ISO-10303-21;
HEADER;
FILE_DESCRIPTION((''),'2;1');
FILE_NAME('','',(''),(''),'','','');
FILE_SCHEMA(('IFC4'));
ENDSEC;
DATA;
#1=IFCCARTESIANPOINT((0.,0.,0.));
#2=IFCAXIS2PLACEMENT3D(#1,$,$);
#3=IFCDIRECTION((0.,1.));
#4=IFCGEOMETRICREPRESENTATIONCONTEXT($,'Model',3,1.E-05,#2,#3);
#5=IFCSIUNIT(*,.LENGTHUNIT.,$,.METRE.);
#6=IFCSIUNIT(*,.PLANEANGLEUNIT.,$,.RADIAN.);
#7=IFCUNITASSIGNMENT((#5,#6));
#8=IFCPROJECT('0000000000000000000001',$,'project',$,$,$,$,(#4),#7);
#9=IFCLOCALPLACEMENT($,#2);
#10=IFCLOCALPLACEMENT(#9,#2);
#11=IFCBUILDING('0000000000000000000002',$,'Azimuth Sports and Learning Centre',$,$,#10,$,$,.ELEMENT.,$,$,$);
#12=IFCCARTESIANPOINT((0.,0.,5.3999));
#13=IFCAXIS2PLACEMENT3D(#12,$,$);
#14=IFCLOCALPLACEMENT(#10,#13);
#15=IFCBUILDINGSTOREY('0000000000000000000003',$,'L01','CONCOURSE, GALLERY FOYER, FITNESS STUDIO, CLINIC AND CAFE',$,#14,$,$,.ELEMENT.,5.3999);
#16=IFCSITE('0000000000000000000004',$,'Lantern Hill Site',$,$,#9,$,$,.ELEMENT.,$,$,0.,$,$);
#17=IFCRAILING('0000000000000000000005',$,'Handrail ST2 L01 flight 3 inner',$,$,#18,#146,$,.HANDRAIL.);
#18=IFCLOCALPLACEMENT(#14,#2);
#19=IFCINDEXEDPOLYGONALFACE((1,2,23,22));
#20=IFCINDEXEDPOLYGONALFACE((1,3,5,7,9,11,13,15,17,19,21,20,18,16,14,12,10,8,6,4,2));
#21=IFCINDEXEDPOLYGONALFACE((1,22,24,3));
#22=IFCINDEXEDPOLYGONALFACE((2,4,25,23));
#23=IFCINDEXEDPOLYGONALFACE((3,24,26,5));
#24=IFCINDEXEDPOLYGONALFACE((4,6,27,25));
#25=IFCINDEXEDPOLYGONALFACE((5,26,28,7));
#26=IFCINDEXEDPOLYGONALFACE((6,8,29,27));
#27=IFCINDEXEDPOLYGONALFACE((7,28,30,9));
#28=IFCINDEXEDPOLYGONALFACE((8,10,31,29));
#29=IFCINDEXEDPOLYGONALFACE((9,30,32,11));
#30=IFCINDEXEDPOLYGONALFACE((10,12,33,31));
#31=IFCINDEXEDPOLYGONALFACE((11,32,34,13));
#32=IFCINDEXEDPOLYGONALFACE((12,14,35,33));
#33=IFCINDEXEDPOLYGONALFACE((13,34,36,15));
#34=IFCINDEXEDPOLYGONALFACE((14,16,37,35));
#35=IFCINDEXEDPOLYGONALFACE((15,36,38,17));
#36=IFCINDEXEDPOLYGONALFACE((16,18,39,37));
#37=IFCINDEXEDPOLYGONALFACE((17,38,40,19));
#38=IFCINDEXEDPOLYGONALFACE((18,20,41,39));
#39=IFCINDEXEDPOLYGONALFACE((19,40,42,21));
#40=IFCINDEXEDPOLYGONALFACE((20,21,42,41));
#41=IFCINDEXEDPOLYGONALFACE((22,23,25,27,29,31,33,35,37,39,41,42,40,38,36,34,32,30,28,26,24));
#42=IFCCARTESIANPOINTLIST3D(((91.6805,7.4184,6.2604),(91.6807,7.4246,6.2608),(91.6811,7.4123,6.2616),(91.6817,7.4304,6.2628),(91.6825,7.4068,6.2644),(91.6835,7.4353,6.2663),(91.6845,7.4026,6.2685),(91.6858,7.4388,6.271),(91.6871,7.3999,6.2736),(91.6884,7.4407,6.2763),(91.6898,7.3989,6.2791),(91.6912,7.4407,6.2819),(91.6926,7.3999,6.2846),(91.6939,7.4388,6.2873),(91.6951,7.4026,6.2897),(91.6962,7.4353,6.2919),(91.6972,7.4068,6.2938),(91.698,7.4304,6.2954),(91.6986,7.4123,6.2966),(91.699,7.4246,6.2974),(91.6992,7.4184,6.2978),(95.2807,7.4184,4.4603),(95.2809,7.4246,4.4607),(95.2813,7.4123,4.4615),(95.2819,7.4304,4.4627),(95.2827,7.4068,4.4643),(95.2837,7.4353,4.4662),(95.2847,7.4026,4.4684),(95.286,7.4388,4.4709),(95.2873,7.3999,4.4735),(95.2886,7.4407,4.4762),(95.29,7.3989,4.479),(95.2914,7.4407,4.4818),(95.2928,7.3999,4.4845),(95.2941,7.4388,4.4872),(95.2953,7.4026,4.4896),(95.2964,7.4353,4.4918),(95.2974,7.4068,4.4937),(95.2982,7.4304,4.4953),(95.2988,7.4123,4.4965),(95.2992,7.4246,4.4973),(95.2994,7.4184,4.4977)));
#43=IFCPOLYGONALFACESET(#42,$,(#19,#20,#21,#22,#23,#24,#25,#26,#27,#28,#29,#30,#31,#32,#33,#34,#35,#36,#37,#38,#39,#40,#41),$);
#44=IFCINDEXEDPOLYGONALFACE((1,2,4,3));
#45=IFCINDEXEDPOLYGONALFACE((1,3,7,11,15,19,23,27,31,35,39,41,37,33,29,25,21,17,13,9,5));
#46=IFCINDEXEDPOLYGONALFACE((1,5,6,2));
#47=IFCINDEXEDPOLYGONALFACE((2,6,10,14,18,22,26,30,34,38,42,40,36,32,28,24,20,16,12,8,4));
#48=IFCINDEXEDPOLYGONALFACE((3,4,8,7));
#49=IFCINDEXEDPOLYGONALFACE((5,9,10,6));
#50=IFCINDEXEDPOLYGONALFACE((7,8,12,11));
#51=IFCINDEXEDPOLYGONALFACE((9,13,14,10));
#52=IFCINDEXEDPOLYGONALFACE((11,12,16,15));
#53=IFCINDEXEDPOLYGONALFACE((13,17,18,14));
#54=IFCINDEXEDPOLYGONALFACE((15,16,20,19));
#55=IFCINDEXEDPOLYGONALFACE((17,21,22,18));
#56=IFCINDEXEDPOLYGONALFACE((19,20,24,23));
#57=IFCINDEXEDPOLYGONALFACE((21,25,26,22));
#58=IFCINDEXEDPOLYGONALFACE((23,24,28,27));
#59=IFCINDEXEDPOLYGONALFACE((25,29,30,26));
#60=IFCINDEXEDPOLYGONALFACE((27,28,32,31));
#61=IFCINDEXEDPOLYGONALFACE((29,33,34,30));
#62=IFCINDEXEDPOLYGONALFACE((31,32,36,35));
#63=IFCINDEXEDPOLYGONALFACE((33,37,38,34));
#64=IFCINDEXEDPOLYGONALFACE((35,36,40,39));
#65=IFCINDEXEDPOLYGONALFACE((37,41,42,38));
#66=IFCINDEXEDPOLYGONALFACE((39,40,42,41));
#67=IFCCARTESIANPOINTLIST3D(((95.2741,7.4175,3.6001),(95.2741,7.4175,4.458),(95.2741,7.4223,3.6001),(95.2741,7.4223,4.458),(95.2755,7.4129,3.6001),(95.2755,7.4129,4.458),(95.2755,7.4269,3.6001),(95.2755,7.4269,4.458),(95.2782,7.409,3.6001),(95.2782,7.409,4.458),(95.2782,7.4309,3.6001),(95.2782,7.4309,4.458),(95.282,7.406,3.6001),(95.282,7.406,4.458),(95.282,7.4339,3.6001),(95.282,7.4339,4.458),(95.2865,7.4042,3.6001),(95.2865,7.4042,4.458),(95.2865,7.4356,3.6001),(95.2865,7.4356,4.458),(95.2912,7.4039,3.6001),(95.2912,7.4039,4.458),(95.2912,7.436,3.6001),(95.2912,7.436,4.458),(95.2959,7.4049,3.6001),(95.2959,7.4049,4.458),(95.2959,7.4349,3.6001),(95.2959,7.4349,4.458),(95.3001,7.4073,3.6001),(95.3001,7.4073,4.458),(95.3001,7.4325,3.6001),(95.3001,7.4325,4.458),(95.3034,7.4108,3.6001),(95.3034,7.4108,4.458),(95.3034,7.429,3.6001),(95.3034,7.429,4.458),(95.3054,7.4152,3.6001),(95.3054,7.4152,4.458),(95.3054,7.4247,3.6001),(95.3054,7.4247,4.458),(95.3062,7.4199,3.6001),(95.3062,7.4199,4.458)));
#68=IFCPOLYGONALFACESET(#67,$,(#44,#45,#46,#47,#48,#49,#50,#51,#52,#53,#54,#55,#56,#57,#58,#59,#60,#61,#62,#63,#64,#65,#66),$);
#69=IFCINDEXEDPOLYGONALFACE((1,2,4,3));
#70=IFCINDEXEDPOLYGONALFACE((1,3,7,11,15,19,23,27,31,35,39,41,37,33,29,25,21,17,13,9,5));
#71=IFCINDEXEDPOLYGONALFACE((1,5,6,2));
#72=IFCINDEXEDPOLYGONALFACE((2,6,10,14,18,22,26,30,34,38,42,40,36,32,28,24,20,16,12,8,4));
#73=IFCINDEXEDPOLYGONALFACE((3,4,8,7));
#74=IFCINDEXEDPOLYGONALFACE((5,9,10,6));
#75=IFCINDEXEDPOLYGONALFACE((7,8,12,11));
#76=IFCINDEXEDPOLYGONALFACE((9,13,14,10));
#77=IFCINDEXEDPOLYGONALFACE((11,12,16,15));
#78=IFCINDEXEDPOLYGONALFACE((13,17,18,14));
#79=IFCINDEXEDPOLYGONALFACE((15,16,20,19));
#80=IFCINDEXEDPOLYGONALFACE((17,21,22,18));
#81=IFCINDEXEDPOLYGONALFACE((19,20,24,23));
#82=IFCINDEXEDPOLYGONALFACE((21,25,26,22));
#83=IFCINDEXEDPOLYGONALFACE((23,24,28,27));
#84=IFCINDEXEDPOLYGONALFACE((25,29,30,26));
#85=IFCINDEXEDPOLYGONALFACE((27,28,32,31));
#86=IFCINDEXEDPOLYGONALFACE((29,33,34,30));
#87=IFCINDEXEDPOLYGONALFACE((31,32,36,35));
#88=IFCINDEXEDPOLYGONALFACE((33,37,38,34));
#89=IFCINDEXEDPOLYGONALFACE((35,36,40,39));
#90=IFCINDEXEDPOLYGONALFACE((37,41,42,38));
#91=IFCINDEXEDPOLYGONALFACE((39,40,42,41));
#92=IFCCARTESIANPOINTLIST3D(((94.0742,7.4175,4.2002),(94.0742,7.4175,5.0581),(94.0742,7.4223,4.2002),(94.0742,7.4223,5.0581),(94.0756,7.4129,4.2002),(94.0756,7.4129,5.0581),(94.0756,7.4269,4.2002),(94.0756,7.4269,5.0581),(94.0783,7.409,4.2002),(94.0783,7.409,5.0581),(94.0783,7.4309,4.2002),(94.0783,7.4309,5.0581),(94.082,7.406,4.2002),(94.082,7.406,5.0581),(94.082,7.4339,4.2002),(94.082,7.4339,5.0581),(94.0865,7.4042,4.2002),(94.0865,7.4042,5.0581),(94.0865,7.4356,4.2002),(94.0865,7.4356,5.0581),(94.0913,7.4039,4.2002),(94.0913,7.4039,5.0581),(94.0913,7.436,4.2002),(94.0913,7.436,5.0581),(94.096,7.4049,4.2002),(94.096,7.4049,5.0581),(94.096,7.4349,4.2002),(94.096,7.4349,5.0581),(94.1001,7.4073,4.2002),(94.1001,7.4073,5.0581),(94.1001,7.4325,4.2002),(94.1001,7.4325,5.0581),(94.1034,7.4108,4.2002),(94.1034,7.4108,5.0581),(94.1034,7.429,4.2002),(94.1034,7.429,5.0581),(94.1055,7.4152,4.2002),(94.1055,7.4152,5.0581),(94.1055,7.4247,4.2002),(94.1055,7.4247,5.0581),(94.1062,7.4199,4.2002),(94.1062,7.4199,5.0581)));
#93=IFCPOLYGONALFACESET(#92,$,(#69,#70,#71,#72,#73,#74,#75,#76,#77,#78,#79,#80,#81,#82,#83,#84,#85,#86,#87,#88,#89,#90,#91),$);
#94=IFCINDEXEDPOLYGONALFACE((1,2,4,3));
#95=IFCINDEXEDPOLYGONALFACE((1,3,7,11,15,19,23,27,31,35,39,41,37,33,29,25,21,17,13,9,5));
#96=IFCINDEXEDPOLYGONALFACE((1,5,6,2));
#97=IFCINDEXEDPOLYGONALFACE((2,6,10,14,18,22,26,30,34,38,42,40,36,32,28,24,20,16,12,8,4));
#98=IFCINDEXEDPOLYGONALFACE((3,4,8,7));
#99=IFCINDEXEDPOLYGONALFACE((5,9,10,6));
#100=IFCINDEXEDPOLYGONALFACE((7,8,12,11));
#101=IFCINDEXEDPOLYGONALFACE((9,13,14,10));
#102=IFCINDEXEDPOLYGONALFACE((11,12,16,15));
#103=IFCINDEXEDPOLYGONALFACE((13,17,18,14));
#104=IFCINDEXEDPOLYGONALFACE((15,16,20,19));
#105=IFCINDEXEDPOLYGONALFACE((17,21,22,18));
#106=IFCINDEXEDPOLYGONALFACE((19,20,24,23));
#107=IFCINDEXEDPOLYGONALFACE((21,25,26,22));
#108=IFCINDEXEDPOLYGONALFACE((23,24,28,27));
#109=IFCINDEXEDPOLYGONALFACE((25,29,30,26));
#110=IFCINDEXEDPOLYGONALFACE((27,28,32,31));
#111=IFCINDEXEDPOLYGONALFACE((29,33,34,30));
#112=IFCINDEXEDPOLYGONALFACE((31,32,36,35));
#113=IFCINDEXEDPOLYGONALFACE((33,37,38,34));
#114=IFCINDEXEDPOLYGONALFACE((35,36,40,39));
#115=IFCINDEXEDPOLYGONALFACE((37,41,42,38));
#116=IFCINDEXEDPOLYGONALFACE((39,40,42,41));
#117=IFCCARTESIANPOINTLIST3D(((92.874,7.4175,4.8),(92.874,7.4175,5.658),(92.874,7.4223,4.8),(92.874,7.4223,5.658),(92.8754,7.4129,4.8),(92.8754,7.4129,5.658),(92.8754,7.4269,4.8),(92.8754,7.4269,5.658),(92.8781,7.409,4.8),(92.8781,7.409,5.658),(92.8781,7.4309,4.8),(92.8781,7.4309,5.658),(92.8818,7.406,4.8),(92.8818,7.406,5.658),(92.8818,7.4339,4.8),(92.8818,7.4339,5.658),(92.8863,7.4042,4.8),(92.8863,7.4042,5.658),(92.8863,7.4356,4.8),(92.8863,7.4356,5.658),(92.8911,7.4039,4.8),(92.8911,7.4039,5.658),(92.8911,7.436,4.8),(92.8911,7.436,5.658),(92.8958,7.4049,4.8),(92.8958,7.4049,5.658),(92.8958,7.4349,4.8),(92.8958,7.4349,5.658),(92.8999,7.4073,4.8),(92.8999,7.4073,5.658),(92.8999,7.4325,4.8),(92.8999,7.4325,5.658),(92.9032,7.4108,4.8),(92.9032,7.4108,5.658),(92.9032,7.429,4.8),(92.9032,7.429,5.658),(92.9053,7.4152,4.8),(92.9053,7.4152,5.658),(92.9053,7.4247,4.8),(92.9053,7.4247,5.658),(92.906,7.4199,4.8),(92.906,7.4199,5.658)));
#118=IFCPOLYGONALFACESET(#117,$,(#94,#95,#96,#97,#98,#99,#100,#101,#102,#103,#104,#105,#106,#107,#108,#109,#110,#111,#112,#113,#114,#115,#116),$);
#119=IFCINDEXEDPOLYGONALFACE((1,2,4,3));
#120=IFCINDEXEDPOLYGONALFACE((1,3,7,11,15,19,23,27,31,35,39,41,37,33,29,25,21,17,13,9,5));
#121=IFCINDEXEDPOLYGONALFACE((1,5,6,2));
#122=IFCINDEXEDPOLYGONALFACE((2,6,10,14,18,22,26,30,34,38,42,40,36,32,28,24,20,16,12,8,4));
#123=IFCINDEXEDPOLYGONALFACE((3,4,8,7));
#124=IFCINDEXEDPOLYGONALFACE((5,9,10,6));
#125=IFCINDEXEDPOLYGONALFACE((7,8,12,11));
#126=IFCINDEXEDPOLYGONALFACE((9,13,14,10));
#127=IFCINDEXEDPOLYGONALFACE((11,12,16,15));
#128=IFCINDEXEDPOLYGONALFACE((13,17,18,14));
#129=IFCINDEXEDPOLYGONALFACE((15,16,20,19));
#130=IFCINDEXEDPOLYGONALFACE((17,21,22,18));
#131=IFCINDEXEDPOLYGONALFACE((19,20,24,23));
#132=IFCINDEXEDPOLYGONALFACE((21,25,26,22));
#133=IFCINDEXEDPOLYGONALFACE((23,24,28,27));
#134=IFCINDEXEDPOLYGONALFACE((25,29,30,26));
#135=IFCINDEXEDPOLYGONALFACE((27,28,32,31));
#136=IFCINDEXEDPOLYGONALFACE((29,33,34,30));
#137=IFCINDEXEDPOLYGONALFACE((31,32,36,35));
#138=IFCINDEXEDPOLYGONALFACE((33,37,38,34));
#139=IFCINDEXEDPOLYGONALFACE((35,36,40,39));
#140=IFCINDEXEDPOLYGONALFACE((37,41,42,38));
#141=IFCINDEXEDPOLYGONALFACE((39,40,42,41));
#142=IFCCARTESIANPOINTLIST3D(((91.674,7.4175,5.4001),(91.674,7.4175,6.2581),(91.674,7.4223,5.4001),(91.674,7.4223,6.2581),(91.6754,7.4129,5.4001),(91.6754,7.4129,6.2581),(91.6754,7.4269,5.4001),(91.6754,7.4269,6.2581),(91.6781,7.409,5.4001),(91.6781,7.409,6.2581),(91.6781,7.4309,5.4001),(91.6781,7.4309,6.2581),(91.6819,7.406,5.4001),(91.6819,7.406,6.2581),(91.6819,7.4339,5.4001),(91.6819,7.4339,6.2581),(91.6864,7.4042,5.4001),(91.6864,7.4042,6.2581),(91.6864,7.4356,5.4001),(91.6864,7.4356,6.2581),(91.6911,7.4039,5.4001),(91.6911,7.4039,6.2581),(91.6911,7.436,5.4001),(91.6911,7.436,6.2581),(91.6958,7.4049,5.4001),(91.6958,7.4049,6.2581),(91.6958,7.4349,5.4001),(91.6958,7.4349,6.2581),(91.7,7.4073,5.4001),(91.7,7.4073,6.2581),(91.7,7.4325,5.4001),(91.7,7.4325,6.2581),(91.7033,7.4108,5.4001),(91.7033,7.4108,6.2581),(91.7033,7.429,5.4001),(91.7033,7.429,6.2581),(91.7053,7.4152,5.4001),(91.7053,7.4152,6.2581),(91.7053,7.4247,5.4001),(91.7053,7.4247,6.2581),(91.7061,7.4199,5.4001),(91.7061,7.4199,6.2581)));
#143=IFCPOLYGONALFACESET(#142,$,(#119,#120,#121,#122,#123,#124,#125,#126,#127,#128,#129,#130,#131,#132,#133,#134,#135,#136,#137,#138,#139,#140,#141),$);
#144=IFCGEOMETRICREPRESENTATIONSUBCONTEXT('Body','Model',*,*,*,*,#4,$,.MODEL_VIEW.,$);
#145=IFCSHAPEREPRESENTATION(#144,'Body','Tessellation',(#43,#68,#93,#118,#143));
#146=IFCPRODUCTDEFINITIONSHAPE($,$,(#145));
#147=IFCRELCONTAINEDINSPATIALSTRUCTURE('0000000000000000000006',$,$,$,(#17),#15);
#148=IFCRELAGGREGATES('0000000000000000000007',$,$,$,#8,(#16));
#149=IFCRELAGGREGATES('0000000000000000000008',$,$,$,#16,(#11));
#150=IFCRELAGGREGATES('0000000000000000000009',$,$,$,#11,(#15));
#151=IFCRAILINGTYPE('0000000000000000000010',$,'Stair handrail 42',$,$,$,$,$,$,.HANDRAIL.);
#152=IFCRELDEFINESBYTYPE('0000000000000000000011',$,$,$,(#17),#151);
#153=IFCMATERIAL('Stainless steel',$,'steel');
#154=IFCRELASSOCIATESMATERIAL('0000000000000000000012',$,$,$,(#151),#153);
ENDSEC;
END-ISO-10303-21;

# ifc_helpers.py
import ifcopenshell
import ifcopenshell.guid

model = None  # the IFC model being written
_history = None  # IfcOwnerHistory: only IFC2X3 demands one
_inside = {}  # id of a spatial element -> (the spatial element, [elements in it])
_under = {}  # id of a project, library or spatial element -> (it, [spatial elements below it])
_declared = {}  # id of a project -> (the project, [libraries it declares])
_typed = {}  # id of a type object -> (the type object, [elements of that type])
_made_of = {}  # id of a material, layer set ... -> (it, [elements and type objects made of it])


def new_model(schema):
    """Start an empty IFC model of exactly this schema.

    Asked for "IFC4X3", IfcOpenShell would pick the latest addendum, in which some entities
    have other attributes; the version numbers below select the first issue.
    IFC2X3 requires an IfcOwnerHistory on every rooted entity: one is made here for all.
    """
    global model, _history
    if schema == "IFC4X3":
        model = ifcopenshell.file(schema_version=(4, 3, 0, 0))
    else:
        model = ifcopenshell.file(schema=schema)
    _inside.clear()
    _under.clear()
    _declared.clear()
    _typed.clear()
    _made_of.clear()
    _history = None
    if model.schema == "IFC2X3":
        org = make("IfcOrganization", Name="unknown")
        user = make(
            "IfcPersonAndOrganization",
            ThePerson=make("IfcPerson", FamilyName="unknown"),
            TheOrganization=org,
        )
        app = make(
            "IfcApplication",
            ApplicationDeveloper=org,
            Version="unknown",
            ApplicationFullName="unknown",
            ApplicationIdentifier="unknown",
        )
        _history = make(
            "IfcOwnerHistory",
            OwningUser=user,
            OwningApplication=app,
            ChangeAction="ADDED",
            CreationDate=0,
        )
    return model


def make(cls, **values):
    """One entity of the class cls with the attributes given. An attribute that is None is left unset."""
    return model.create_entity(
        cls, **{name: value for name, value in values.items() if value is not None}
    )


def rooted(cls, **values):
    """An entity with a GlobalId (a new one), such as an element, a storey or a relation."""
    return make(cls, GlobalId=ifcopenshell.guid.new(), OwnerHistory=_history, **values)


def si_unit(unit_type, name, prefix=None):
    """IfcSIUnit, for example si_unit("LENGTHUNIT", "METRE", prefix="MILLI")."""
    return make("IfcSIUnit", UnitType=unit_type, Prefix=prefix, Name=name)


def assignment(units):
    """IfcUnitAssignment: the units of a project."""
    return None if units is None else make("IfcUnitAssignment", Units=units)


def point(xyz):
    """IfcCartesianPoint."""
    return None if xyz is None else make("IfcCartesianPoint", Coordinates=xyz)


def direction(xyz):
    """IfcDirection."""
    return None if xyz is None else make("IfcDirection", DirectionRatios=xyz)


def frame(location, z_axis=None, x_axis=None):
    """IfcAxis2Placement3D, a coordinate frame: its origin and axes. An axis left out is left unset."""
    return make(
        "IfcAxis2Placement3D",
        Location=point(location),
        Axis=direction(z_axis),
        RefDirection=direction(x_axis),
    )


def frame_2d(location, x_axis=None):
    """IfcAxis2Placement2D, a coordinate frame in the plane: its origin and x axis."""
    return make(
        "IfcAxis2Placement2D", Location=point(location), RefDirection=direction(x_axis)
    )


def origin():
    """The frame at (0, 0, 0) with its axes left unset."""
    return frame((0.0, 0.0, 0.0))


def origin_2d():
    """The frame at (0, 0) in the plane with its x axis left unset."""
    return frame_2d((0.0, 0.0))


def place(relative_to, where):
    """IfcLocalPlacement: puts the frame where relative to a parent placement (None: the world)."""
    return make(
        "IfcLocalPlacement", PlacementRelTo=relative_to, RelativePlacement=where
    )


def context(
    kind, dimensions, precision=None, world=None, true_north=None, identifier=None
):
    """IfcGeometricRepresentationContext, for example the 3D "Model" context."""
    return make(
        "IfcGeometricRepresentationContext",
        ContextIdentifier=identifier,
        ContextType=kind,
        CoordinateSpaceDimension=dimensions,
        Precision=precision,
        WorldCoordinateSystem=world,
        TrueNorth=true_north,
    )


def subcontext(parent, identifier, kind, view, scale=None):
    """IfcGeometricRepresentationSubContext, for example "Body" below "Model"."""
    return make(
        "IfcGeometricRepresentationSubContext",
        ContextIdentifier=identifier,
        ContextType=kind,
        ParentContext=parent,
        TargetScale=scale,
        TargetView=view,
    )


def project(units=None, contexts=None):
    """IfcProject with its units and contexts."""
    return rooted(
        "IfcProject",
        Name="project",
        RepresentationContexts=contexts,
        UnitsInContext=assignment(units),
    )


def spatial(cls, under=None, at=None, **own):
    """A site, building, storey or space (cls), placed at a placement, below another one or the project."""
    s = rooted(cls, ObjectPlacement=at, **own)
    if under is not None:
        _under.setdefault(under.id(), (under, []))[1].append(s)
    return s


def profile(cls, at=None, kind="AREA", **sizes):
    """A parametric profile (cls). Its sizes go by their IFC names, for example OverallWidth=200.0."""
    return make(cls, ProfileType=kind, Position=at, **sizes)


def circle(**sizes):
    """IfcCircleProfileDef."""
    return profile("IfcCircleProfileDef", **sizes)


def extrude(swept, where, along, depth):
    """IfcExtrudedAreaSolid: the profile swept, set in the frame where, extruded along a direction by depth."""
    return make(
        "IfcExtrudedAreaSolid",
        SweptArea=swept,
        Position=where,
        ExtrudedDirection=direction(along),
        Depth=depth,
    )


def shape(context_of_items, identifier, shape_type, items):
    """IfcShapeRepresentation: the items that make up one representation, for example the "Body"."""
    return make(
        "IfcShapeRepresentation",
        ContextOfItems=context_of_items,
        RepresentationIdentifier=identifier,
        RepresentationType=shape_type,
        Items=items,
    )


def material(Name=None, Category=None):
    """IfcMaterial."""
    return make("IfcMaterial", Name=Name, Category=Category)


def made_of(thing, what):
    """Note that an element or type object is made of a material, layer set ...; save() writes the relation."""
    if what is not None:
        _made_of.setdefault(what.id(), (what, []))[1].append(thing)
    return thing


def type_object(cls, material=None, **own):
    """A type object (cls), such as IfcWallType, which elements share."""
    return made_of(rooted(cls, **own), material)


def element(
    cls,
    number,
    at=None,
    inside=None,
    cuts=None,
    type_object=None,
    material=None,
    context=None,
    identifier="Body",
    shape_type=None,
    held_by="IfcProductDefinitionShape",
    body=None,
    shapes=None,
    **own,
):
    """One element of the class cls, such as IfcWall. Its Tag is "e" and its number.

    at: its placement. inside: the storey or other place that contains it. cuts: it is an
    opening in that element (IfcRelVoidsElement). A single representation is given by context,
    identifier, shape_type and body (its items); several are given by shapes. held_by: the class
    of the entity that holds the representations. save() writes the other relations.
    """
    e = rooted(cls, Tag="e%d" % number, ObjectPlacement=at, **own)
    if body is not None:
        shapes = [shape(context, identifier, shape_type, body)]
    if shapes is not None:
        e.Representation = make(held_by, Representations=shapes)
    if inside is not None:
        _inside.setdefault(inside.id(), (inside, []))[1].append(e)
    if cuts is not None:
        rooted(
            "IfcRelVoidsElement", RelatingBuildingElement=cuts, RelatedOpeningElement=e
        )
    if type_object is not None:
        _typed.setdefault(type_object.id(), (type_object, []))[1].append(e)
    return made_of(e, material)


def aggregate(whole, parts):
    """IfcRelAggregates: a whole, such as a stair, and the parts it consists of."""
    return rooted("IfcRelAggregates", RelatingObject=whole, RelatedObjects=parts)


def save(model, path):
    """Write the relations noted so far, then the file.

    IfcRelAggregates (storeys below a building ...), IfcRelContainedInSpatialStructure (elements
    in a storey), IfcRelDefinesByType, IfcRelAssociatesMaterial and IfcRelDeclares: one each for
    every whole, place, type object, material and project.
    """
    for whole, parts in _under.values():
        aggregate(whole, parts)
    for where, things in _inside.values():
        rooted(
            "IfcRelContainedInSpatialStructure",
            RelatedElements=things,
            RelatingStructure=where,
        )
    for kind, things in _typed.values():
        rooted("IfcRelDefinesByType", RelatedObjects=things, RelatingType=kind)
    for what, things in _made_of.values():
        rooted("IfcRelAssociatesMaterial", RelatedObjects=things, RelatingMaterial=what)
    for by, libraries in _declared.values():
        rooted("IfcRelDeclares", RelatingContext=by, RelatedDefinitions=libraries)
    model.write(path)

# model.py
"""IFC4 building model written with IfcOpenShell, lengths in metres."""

from ifc_helpers import new_model, si_unit, direction, frame, origin, origin_2d, place, context, subcontext, project, spatial, circle, extrude, material, type_object, element, save


model = new_model("IFC4")

# Units and contexts
model_context = context("Model", 3, precision=1e-05, world=origin(), true_north=direction((0.0, 1.0)))
body_context = subcontext(model_context, "Body", "Model", "MODEL_VIEW")
ifc_project = project(units=[si_unit("LENGTHUNIT", "METRE"), si_unit("PLANEANGLEUNIT", "RADIAN")], contexts=[model_context])

# Site, building, storey
site_placement = place(None, origin())
site = spatial("IfcSite", under=ifc_project, at=site_placement, Name="Lantern Hill Site", CompositionType="ELEMENT", RefElevation=0.0)
building_placement = place(site_placement, origin())
building = spatial("IfcBuilding", under=site, at=building_placement, Name="Azimuth Sports and Learning Centre", CompositionType="ELEMENT")
storey_placement = place(building_placement, frame((0.0, 0.0, 5.3999)))
storey = spatial("IfcBuildingStorey", under=building, at=storey_placement, Name="L01", Description="CONCOURSE, GALLERY FOYER, FITNESS STUDIO, CLINIC AND CAFE", CompositionType="ELEMENT", Elevation=5.3999)

# Railing
ifc_material_1 = material(Name="Stainless steel", Category="steel")
railing_type = type_object("IfcRailingType", Name="Stair handrail 42", PredefinedType="HANDRAIL", material=ifc_material_1)
for number, where, name in (
    (1, (95.29, 7.4199, 3.6001), "Handrail ST2 L01 flight 3 inner"),
):
    element("IfcRailing", number, at=place(storey_placement, frame(where)), inside=storey, type_object=railing_type, Name=name, PredefinedType="HANDRAIL", context=body_context, shape_type="SweptSolid", body=[
        extrude(circle(Radius=0.021, at=origin_2d()), frame((0.0, 0.0, 0.8789), z_axis=(-0.894427, 0.0, 0.447214), x_axis=(0.0, -1.0, 0.0)), (0.0, 0.0, 1.0), 4.0251),
        extrude(circle(Radius=0.0161, at=origin_2d()), origin(), (0.0, 0.0, 1.0), 0.8579),
        extrude(circle(Radius=0.0161, at=origin_2d()), frame((-1.2, 0.0, 0.6001)), (0.0, 0.0, 1.0), 0.8579),
        extrude(circle(Radius=0.0161, at=origin_2d()), frame((-2.4001, 0.0, 1.2)), (0.0, 0.0, 1.0), 0.8579),
        extrude(circle(Radius=0.0161, at=origin_2d()), frame((-3.6001, 0.0, 1.8)), (0.0, 0.0, 1.0), 0.8579),
    ])

save(model, "model.ifc")
